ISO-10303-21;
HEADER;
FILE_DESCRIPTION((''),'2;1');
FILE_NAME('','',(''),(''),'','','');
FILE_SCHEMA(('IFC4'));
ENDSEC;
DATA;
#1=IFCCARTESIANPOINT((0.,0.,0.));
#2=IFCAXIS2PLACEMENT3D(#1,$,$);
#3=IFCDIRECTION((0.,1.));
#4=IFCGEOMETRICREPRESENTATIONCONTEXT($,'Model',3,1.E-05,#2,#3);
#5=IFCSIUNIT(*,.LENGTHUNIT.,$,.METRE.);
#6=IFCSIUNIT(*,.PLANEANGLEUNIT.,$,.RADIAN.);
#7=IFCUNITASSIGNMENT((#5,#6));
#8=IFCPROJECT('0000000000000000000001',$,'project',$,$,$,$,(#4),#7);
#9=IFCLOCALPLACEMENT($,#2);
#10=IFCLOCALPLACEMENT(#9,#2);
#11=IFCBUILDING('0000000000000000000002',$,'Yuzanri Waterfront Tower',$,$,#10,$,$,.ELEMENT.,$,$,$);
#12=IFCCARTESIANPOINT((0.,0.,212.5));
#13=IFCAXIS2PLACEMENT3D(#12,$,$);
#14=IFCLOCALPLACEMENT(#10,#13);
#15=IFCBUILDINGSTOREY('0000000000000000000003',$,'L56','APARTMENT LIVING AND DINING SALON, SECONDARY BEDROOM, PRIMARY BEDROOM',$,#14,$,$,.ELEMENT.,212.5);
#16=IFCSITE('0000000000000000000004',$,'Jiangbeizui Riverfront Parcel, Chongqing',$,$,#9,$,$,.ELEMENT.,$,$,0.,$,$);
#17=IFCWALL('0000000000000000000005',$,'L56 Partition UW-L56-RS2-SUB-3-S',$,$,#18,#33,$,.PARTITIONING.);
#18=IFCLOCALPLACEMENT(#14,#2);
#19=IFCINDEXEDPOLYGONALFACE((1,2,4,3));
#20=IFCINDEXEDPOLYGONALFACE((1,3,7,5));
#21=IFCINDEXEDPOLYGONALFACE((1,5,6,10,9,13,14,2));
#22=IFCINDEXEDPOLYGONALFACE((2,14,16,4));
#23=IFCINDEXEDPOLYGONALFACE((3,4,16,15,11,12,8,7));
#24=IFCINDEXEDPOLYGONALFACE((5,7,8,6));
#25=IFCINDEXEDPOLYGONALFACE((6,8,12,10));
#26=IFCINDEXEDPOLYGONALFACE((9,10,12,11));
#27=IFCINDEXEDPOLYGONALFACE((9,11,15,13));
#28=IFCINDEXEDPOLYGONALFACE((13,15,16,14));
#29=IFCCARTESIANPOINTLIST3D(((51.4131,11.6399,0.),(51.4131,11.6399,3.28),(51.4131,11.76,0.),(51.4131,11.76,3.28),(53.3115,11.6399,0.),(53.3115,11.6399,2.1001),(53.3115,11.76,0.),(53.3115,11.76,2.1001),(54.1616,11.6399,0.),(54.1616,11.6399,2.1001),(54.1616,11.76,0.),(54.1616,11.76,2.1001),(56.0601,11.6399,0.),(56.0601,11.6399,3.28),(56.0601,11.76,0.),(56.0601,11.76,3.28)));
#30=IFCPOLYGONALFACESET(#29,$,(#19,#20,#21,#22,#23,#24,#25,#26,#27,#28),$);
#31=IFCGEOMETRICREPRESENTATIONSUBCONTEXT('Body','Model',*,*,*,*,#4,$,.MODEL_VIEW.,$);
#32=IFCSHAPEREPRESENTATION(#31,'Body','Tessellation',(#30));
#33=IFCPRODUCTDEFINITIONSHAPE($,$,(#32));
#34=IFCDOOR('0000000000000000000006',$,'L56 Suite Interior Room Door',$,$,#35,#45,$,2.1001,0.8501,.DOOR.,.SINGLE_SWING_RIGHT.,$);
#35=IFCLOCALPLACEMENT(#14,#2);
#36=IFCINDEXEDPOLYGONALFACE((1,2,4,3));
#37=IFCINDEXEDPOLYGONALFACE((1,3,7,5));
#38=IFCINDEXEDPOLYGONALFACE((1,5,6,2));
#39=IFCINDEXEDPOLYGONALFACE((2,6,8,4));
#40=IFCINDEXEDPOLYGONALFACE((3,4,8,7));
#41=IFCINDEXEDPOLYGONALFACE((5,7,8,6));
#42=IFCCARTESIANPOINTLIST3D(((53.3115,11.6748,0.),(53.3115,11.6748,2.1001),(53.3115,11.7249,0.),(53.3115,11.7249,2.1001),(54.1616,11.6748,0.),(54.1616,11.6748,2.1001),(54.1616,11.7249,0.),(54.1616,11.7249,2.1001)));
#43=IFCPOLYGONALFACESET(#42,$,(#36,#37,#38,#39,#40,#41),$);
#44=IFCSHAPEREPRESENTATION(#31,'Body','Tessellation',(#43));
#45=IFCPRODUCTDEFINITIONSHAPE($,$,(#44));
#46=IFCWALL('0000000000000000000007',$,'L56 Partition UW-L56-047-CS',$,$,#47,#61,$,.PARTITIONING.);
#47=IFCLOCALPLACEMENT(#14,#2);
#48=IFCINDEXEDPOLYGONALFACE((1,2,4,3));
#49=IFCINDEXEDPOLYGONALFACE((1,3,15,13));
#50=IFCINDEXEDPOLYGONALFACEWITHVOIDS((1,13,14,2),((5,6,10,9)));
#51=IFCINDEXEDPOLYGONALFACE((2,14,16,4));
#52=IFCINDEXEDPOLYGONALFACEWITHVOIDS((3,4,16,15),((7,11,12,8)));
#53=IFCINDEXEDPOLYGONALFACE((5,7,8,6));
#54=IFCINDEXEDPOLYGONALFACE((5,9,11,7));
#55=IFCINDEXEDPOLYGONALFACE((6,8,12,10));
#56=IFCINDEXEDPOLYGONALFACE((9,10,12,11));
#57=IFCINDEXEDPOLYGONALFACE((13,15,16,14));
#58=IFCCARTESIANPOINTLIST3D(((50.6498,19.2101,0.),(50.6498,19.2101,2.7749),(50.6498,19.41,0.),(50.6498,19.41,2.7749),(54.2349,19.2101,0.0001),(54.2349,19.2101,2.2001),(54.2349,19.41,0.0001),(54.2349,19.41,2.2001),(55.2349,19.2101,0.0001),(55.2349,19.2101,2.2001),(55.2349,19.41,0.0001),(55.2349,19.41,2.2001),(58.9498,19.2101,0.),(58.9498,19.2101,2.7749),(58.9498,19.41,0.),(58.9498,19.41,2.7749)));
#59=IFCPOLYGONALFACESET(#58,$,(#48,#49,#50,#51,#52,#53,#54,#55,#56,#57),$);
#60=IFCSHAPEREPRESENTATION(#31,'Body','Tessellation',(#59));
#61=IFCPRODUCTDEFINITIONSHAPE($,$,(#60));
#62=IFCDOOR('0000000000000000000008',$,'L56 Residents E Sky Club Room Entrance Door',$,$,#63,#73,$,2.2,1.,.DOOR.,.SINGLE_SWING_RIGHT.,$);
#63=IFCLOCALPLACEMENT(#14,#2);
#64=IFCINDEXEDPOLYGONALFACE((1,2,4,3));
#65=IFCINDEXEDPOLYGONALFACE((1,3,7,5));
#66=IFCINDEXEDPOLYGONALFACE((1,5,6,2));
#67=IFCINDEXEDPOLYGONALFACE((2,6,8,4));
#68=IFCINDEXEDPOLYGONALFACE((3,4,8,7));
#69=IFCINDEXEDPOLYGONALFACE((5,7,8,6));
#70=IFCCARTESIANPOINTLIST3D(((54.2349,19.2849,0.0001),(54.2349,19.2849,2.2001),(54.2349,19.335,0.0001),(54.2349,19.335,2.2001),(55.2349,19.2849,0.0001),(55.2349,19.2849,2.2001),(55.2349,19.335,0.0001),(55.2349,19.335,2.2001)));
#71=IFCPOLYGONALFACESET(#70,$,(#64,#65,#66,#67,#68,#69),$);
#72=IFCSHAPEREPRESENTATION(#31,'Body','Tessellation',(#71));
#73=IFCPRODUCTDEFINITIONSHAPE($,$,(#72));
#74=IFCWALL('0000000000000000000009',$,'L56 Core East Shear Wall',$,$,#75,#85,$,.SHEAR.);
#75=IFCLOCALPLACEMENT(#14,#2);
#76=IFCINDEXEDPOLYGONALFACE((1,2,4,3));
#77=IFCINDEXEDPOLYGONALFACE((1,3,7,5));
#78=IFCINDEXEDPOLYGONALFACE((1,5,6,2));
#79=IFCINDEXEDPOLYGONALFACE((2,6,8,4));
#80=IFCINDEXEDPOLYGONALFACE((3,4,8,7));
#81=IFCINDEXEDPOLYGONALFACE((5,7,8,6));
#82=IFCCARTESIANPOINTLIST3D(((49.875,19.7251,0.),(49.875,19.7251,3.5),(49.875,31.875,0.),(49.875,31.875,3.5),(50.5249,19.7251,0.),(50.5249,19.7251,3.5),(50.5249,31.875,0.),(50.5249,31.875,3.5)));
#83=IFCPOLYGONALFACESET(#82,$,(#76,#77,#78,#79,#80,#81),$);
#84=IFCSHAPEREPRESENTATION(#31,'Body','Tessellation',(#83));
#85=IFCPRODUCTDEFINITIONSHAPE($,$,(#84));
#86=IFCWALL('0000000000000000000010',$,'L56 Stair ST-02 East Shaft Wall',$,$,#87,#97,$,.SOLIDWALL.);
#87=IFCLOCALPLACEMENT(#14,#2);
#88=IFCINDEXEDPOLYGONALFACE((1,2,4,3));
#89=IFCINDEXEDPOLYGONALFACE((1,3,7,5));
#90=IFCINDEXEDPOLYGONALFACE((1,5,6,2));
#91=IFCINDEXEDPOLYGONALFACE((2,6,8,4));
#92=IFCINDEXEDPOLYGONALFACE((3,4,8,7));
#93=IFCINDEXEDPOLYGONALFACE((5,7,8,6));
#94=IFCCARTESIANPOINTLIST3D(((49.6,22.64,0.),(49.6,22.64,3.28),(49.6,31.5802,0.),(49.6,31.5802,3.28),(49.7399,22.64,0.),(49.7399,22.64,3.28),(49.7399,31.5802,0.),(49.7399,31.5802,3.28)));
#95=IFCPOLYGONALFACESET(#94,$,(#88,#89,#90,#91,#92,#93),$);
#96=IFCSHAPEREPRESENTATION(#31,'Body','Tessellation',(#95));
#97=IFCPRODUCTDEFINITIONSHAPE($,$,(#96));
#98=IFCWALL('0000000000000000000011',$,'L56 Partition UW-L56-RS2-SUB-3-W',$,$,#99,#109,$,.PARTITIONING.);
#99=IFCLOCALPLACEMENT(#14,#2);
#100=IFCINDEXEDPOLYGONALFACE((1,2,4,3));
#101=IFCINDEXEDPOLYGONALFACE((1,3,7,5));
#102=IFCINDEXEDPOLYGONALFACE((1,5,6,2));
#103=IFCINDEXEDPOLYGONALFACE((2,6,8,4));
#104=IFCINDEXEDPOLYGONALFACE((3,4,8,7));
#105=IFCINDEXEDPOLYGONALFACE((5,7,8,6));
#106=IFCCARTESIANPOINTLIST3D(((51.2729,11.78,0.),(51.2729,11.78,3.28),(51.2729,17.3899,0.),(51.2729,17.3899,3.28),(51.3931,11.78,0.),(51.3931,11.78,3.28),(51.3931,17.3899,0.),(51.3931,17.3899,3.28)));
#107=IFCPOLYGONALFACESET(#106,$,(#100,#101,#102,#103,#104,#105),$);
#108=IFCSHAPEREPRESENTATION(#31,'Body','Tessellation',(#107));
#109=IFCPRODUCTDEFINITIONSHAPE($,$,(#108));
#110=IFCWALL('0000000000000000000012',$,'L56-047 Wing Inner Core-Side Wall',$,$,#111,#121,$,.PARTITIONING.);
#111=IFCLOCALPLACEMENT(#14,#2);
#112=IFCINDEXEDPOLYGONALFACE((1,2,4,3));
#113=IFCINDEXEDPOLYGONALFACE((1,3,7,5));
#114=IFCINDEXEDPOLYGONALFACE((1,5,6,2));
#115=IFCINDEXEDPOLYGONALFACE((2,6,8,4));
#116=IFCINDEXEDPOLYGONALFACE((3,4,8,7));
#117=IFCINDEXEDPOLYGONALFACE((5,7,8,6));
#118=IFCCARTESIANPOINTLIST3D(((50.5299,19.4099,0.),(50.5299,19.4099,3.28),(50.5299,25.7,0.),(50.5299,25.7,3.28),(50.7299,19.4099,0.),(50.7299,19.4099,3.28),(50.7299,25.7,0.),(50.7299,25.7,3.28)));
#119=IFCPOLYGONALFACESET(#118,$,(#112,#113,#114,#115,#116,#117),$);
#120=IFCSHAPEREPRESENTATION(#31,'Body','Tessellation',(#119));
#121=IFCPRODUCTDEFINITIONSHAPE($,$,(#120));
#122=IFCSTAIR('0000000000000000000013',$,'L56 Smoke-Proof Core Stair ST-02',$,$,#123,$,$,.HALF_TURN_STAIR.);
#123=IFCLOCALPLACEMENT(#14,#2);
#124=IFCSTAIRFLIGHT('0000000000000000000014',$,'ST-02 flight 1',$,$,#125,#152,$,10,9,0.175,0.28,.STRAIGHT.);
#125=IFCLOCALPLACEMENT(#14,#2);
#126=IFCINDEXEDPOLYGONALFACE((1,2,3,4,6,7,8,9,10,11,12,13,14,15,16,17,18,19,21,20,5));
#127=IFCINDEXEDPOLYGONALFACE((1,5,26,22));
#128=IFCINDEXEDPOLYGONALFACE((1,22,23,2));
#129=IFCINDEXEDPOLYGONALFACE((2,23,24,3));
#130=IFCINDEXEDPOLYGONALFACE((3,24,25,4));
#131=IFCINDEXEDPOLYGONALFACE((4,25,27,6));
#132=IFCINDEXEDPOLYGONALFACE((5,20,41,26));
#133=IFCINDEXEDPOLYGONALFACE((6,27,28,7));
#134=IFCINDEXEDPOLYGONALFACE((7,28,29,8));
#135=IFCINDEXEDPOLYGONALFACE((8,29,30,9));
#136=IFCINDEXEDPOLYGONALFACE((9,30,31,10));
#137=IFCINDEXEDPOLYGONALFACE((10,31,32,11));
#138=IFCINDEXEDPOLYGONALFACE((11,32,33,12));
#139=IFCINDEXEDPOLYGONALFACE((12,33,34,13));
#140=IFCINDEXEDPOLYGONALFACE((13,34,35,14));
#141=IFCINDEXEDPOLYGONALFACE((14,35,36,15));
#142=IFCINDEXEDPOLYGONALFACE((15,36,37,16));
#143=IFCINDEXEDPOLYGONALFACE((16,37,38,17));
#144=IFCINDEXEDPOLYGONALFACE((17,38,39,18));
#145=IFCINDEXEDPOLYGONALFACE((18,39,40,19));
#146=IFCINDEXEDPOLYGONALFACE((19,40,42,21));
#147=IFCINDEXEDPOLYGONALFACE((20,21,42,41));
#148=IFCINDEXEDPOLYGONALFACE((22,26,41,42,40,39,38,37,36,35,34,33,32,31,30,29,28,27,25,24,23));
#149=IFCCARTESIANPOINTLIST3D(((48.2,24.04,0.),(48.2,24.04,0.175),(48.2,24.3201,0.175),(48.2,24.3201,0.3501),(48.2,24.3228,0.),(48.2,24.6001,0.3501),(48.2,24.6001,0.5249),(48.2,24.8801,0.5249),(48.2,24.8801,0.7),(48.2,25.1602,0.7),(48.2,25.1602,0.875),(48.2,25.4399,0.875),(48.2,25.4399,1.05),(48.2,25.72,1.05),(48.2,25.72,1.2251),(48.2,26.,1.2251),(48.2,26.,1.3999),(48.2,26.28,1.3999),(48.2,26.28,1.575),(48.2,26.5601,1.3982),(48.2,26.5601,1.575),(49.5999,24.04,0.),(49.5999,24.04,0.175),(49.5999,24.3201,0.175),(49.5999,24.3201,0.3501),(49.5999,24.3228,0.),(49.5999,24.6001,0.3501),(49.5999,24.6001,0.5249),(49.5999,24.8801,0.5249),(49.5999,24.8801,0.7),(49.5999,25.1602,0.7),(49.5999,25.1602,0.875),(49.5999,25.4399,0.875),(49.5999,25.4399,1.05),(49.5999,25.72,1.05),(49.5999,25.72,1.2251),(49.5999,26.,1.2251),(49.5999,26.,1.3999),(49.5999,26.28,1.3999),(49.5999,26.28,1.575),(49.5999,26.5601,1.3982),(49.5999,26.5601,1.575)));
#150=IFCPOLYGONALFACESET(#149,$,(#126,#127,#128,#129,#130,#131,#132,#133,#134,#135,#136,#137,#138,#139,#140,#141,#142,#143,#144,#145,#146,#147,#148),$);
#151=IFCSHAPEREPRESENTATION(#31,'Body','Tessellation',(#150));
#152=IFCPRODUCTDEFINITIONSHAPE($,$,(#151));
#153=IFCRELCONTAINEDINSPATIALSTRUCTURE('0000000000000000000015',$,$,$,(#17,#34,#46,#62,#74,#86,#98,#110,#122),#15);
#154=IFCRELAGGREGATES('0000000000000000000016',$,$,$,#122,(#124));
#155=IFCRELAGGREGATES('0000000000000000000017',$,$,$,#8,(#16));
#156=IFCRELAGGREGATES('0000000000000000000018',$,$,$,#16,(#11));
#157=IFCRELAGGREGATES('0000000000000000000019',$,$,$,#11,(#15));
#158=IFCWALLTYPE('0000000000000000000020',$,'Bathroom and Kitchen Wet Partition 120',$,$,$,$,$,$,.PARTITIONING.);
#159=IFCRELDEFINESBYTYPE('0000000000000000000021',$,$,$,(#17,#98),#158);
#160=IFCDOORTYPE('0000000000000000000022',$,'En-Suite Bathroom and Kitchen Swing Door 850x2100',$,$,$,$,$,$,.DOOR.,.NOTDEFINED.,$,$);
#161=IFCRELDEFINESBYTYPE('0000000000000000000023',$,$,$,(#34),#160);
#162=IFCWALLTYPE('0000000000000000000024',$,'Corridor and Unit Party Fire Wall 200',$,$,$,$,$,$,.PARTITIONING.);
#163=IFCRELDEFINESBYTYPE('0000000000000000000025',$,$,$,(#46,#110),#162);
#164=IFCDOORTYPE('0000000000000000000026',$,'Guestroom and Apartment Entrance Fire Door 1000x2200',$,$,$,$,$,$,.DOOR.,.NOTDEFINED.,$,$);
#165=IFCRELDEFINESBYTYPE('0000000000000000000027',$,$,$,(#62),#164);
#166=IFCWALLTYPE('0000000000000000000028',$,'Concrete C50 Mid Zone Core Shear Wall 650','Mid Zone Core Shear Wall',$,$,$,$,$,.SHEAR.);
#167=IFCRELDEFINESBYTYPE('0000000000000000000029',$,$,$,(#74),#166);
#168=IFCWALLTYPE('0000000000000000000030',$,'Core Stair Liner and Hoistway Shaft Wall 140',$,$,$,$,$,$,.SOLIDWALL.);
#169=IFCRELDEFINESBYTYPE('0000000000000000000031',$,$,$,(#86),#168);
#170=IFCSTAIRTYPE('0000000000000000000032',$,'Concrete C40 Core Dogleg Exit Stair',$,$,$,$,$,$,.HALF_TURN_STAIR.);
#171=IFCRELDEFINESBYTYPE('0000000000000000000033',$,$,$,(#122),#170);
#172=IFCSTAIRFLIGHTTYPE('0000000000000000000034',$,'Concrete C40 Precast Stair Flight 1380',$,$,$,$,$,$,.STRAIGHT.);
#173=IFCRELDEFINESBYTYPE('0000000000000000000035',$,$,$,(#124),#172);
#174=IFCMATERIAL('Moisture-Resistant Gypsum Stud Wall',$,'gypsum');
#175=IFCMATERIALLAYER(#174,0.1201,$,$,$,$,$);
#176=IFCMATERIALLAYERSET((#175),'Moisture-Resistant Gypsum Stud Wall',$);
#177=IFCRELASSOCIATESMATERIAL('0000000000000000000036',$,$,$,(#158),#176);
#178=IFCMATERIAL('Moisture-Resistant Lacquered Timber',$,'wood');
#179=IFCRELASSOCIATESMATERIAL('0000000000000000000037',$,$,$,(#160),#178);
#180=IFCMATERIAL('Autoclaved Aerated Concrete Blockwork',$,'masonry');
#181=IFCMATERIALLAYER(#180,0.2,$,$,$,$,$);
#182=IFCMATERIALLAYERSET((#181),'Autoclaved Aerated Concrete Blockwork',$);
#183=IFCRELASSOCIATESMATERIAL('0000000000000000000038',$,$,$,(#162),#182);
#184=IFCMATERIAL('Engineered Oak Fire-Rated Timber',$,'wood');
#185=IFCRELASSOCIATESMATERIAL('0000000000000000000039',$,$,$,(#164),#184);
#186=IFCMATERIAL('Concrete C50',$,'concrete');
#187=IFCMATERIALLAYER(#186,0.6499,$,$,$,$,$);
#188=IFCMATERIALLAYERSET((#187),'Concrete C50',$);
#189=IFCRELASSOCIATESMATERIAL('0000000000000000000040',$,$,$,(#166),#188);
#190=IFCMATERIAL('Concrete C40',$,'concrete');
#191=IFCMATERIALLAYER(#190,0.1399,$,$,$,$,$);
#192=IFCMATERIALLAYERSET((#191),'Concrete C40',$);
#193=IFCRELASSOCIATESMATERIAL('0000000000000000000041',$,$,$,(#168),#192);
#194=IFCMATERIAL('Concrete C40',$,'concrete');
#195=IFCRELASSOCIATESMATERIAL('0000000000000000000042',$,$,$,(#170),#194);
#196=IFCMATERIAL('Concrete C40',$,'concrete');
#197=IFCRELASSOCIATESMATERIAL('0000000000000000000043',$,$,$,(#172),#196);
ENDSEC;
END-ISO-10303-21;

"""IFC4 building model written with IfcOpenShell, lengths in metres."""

from ifc_helpers import new_model, si_unit, direction, frame, frame_2d, origin, place, context, subcontext, project, spatial, polyline, rectangle, outline, extrude, source, transform, mapped, material, layer, layer_set, type_object, element, fill, aggregate, save


model = new_model("IFC4")

# Units and contexts
model_context = context("Model", 3, precision=1e-05, world=origin(), true_north=direction((0.0, 1.0)))
body_context = subcontext(model_context, "Body", "Model", "MODEL_VIEW")
ifc_project = project(units=[si_unit("LENGTHUNIT", "METRE"), si_unit("PLANEANGLEUNIT", "RADIAN")], contexts=[model_context])

# Site, building, storey
site_placement = place(None, origin())
site = spatial("IfcSite", under=ifc_project, at=site_placement, Name="Jiangbeizui Riverfront Parcel, Chongqing", CompositionType="ELEMENT", RefElevation=0.0)
building_placement = place(site_placement, origin())
building = spatial("IfcBuilding", under=site, at=building_placement, Name="Yuzanri Waterfront Tower", CompositionType="ELEMENT")
storey_placement = place(building_placement, frame((0.0, 0.0, 212.5)))
storey = spatial("IfcBuildingStorey", under=building, at=storey_placement, Name="L56", Description="APARTMENT LIVING AND DINING SALON, SECONDARY BEDROOM, PRIMARY BEDROOM", CompositionType="ELEMENT", Elevation=212.5)

# Walls, openings, doors
ifc_material_1 = material(Name="Moisture-Resistant Gypsum Stud Wall", Category="gypsum")
ifc_layer_1 = layer(ifc_material_1, 0.1201)
ifc_layer_set_1 = layer_set([ifc_layer_1], Name="Moisture-Resistant Gypsum Stud Wall")
wall_type_1 = type_object("IfcWallType", Name="Bathroom and Kitchen Wet Partition 120", PredefinedType="PARTITIONING", material=ifc_layer_set_1)
wall_1_placement = place(storey_placement, frame((51.4131, 11.7, 0.0), z_axis=(0.0, 0.0, 1.0), x_axis=(1.0, 0.0, 0.0)))
wall_1 = element("IfcWall", 1, at=wall_1_placement, inside=storey, type_object=wall_type_1, Name="L56 Partition UW-L56-RS2-SUB-3-S", PredefinedType="PARTITIONING", context=body_context, shape_type="SweptSolid", body=[
    extrude(rectangle(XDim=4.647, YDim=0.1201, at=frame_2d((2.3235, 0.0))), origin(), (0.0, 0.0, 1.0), 3.28),
])
opening_1_placement = place(wall_1_placement, frame((1.8984, 0.0, 0.0)))
opening_1 = element("IfcOpeningElement", 2, at=opening_1_placement, cuts=wall_1, PredefinedType="OPENING", context=body_context, shape_type="SweptSolid", body=[
    extrude(rectangle(XDim=0.8501, YDim=2.1001, at=frame_2d((0.425, 1.05))), frame((0.0, 0.075, 0.0), z_axis=(0.0, -1.0, 0.0), x_axis=(1.0, 0.0, 0.0)), (0.0, 0.0, 1.0), 0.1499),
])
ifc_material_2 = material(Name="Moisture-Resistant Lacquered Timber", Category="wood")
door_type_1 = type_object("IfcDoorType", Name="En-Suite Bathroom and Kitchen Swing Door 850x2100", OperationType="NOTDEFINED", PredefinedType="DOOR", material=ifc_material_2)
shared_shape_1 = source(origin(), body_context, "Body", "SweptSolid", [
    extrude(rectangle(XDim=0.8501, YDim=2.1001, at=frame_2d((0.425, 1.05))), frame((0.0, 0.0249, 0.0), z_axis=(0.0, -1.0, 0.0), x_axis=(1.0, 0.0, 0.0)), (0.0, 0.0, 1.0), 0.05),
])
door_1_placement = place(opening_1_placement, origin())
door_1 = element("IfcDoor", 3, at=door_1_placement, inside=storey, type_object=door_type_1, Name="L56 Suite Interior Room Door", OperationType="SINGLE_SWING_RIGHT", OverallHeight=2.1001, OverallWidth=0.8501, PredefinedType="DOOR", context=body_context, shape_type="MappedRepresentation", body=[
    mapped(shared_shape_1, transform((0.0, 0.0, 0.0), scale=1.0)),
])
fill(opening_1, door_1)
ifc_material_3 = material(Name="Autoclaved Aerated Concrete Blockwork", Category="masonry")
ifc_layer_2 = layer(ifc_material_3, 0.2)
ifc_layer_set_2 = layer_set([ifc_layer_2], Name="Autoclaved Aerated Concrete Blockwork")
wall_type_2 = type_object("IfcWallType", Name="Corridor and Unit Party Fire Wall 200", PredefinedType="PARTITIONING", material=ifc_layer_set_2)
wall_2_placement = place(storey_placement, frame((50.6499, 19.3101, 0.0), z_axis=(0.0, 0.0, 1.0), x_axis=(1.0, 0.0, 0.0)))
wall_2 = element("IfcWall", 4, at=wall_2_placement, inside=storey, type_object=wall_type_2, Name="L56 Partition UW-L56-047-CS", PredefinedType="PARTITIONING", context=body_context, shape_type="SweptSolid", body=[
    extrude(rectangle(XDim=8.3, YDim=0.2, at=frame_2d((4.1499, 0.0))), origin(), (0.0, 0.0, 1.0), 2.7749),
])
opening_2_placement = place(wall_2_placement, frame((3.585, 0.0, 0.0)))
opening_2 = element("IfcOpeningElement", 5, at=opening_2_placement, cuts=wall_2, PredefinedType="OPENING", context=body_context, shape_type="SweptSolid", body=[
    extrude(rectangle(XDim=1.0, YDim=2.2, at=frame_2d((0.5, 1.1001))), frame((0.0, 0.1147, 0.0), z_axis=(0.0, -1.0, 0.0), x_axis=(1.0, 0.0, 0.0)), (0.0, 0.0, 1.0), 0.2297),
])
ifc_material_4 = material(Name="Engineered Oak Fire-Rated Timber", Category="wood")
door_type_2 = type_object("IfcDoorType", Name="Guestroom and Apartment Entrance Fire Door 1000x2200", OperationType="NOTDEFINED", PredefinedType="DOOR", material=ifc_material_4)
shared_shape_2 = source(origin(), body_context, "Body", "SweptSolid", [
    extrude(rectangle(XDim=1.0, YDim=2.2, at=frame_2d((0.5, 1.1001))), frame((0.0, 0.0249, 0.0), z_axis=(0.0, -1.0, 0.0), x_axis=(1.0, 0.0, 0.0)), (0.0, 0.0, 1.0), 0.05),
])
door_2_placement = place(opening_2_placement, origin())
door_2 = element("IfcDoor", 6, at=door_2_placement, inside=storey, type_object=door_type_2, Name="L56 Residents E Sky Club Room Entrance Door", OperationType="SINGLE_SWING_RIGHT", OverallHeight=2.2, OverallWidth=1.0, PredefinedType="DOOR", context=body_context, shape_type="MappedRepresentation", body=[
    mapped(shared_shape_2, transform((0.0, 0.0, 0.0), scale=1.0)),
])
fill(opening_2, door_2)

# Walls
ifc_material_5 = material(Name="Concrete C50", Category="concrete")
ifc_layer_3 = layer(ifc_material_5, 0.6499)
ifc_layer_set_3 = layer_set([ifc_layer_3], Name="Concrete C50")
wall_type_3 = type_object("IfcWallType", Name="Concrete C50 Mid Zone Core Shear Wall 650", Description="Mid Zone Core Shear Wall", PredefinedType="SHEAR", material=ifc_layer_set_3)
shared_shape_3 = source(origin(), body_context, "Body", "SweptSolid", [
    extrude(rectangle(XDim=12.1499, YDim=0.6499, at=frame_2d((6.075, 0.0))), origin(), (0.0, 0.0, 1.0), 3.5),
])
wall_3_placement = place(storey_placement, frame((50.2, 19.7251, 0.0), z_axis=(0.0, 0.0, 1.0), x_axis=(0.0, 1.0, 0.0)))
element("IfcWall", 7, at=wall_3_placement, inside=storey, type_object=wall_type_3, Name="L56 Core East Shear Wall", PredefinedType="SHEAR", context=body_context, shape_type="MappedRepresentation", body=[
    mapped(shared_shape_3, transform((0.0, 0.0, 0.0), scale=1.0)),
])
ifc_material_6 = material(Name="Concrete C40", Category="concrete")
ifc_layer_4 = layer(ifc_material_6, 0.1399)
ifc_layer_set_4 = layer_set([ifc_layer_4], Name="Concrete C40")
wall_type_4 = type_object("IfcWallType", Name="Core Stair Liner and Hoistway Shaft Wall 140", PredefinedType="SOLIDWALL", material=ifc_layer_set_4)
shared_shape_4 = source(origin(), body_context, "Body", "SweptSolid", [
    extrude(rectangle(XDim=8.9402, YDim=0.1399, at=frame_2d((4.4702, 0.0))), origin(), (0.0, 0.0, 1.0), 3.28),
])
wall_4_placement = place(storey_placement, frame((49.6699, 22.6399, 0.0), z_axis=(0.0, 0.0, 1.0), x_axis=(0.0, 1.0, 0.0)))
element("IfcWall", 8, at=wall_4_placement, inside=storey, type_object=wall_type_4, Name="L56 Stair ST-02 East Shaft Wall", PredefinedType="SOLIDWALL", context=body_context, shape_type="MappedRepresentation", body=[
    mapped(shared_shape_4, transform((0.0, 0.0, 0.0), scale=1.0)),
])
shared_shape_5 = source(origin(), body_context, "Body", "SweptSolid", [
    extrude(rectangle(XDim=5.6099, YDim=0.1201, at=frame_2d((2.8049, 0.0))), origin(), (0.0, 0.0, 1.0), 3.28),
])
wall_5_placement = place(storey_placement, frame((51.333, 11.78, 0.0), z_axis=(0.0, 0.0, 1.0), x_axis=(0.0, 1.0, 0.0)))
element("IfcWall", 9, at=wall_5_placement, inside=storey, type_object=wall_type_1, Name="L56 Partition UW-L56-RS2-SUB-3-W", PredefinedType="PARTITIONING", context=body_context, shape_type="MappedRepresentation", body=[
    mapped(shared_shape_5, transform((0.0, 0.0, 0.0), scale=1.0)),
])
shared_shape_6 = source(origin(), body_context, "Body", "SweptSolid", [
    extrude(rectangle(XDim=6.29, YDim=0.2, at=frame_2d((3.145, 0.0))), origin(), (0.0, 0.0, 1.0), 3.28),
])
wall_6_placement = place(storey_placement, frame((50.6299, 19.4099, 0.0), z_axis=(0.0, 0.0, 1.0), x_axis=(0.0, 1.0, 0.0)))
element("IfcWall", 10, at=wall_6_placement, inside=storey, type_object=wall_type_2, Name="L56-047 Wing Inner Core-Side Wall", PredefinedType="PARTITIONING", context=body_context, shape_type="MappedRepresentation", body=[
    mapped(shared_shape_6, transform((0.0, 0.0, 0.0), scale=1.0)),
])

# Stair, stair flight
ifc_material_7 = material(Name="Concrete C40", Category="concrete")
stair_type = type_object("IfcStairType", Name="Concrete C40 Core Dogleg Exit Stair", PredefinedType="HALF_TURN_STAIR", material=ifc_material_7)
stair_placement = place(storey_placement, origin())
stair = element("IfcStair", 11, at=stair_placement, inside=storey, type_object=stair_type, Name="L56 Smoke-Proof Core Stair ST-02", PredefinedType="HALF_TURN_STAIR")
ifc_material_8 = material(Name="Concrete C40", Category="concrete")
stair_flight_type = type_object("IfcStairFlightType", Name="Concrete C40 Precast Stair Flight 1380", PredefinedType="STRAIGHT", material=ifc_material_8)
shared_shape_7 = source(origin(), body_context, "Body", "SweptSolid", [
    extrude(outline(polyline([(0.0, 0.0), (0.0, 0.175), (0.28, 0.175), (0.28, 0.3501), (0.5601, 0.3501), (0.5601, 0.5249), (0.8401, 0.5249), (0.8401, 0.7), (1.1201, 0.7), (1.1201, 0.875), (1.3999, 0.875), (1.3999, 1.05), (1.6799, 1.05), (1.6799, 1.2251), (1.96, 1.2251), (1.96, 1.3999), (2.24, 1.3999), (2.24, 1.575), (2.52, 1.575), (2.52, 1.75), (2.52, 1.3982), (0.2827, 0.0), (0.0, 0.0)])), frame((0.0, 0.7, 0.0), z_axis=(0.0, -1.0, 0.0), x_axis=(1.0, 0.0, 0.0)), (0.0, 0.0, 1.0), 1.3999),
])
stair_flight_placement = place(storey_placement, frame((48.8999, 24.04, 0.0), z_axis=(0.0, 0.0, 1.0), x_axis=(0.0, 1.0, 0.0)))
stair_flight = element("IfcStairFlight", 12, at=stair_flight_placement, type_object=stair_flight_type, Name="ST-02 flight 1", NumberOfRisers=10, NumberOfTreads=9, PredefinedType="STRAIGHT", RiserHeight=0.175, TreadLength=0.28, context=body_context, shape_type="MappedRepresentation", body=[
    mapped(shared_shape_7, transform((0.0, 0.0, 0.0), scale=1.0)),
])
aggregate(stair, [stair_flight])

save(model, "model.ifc")
